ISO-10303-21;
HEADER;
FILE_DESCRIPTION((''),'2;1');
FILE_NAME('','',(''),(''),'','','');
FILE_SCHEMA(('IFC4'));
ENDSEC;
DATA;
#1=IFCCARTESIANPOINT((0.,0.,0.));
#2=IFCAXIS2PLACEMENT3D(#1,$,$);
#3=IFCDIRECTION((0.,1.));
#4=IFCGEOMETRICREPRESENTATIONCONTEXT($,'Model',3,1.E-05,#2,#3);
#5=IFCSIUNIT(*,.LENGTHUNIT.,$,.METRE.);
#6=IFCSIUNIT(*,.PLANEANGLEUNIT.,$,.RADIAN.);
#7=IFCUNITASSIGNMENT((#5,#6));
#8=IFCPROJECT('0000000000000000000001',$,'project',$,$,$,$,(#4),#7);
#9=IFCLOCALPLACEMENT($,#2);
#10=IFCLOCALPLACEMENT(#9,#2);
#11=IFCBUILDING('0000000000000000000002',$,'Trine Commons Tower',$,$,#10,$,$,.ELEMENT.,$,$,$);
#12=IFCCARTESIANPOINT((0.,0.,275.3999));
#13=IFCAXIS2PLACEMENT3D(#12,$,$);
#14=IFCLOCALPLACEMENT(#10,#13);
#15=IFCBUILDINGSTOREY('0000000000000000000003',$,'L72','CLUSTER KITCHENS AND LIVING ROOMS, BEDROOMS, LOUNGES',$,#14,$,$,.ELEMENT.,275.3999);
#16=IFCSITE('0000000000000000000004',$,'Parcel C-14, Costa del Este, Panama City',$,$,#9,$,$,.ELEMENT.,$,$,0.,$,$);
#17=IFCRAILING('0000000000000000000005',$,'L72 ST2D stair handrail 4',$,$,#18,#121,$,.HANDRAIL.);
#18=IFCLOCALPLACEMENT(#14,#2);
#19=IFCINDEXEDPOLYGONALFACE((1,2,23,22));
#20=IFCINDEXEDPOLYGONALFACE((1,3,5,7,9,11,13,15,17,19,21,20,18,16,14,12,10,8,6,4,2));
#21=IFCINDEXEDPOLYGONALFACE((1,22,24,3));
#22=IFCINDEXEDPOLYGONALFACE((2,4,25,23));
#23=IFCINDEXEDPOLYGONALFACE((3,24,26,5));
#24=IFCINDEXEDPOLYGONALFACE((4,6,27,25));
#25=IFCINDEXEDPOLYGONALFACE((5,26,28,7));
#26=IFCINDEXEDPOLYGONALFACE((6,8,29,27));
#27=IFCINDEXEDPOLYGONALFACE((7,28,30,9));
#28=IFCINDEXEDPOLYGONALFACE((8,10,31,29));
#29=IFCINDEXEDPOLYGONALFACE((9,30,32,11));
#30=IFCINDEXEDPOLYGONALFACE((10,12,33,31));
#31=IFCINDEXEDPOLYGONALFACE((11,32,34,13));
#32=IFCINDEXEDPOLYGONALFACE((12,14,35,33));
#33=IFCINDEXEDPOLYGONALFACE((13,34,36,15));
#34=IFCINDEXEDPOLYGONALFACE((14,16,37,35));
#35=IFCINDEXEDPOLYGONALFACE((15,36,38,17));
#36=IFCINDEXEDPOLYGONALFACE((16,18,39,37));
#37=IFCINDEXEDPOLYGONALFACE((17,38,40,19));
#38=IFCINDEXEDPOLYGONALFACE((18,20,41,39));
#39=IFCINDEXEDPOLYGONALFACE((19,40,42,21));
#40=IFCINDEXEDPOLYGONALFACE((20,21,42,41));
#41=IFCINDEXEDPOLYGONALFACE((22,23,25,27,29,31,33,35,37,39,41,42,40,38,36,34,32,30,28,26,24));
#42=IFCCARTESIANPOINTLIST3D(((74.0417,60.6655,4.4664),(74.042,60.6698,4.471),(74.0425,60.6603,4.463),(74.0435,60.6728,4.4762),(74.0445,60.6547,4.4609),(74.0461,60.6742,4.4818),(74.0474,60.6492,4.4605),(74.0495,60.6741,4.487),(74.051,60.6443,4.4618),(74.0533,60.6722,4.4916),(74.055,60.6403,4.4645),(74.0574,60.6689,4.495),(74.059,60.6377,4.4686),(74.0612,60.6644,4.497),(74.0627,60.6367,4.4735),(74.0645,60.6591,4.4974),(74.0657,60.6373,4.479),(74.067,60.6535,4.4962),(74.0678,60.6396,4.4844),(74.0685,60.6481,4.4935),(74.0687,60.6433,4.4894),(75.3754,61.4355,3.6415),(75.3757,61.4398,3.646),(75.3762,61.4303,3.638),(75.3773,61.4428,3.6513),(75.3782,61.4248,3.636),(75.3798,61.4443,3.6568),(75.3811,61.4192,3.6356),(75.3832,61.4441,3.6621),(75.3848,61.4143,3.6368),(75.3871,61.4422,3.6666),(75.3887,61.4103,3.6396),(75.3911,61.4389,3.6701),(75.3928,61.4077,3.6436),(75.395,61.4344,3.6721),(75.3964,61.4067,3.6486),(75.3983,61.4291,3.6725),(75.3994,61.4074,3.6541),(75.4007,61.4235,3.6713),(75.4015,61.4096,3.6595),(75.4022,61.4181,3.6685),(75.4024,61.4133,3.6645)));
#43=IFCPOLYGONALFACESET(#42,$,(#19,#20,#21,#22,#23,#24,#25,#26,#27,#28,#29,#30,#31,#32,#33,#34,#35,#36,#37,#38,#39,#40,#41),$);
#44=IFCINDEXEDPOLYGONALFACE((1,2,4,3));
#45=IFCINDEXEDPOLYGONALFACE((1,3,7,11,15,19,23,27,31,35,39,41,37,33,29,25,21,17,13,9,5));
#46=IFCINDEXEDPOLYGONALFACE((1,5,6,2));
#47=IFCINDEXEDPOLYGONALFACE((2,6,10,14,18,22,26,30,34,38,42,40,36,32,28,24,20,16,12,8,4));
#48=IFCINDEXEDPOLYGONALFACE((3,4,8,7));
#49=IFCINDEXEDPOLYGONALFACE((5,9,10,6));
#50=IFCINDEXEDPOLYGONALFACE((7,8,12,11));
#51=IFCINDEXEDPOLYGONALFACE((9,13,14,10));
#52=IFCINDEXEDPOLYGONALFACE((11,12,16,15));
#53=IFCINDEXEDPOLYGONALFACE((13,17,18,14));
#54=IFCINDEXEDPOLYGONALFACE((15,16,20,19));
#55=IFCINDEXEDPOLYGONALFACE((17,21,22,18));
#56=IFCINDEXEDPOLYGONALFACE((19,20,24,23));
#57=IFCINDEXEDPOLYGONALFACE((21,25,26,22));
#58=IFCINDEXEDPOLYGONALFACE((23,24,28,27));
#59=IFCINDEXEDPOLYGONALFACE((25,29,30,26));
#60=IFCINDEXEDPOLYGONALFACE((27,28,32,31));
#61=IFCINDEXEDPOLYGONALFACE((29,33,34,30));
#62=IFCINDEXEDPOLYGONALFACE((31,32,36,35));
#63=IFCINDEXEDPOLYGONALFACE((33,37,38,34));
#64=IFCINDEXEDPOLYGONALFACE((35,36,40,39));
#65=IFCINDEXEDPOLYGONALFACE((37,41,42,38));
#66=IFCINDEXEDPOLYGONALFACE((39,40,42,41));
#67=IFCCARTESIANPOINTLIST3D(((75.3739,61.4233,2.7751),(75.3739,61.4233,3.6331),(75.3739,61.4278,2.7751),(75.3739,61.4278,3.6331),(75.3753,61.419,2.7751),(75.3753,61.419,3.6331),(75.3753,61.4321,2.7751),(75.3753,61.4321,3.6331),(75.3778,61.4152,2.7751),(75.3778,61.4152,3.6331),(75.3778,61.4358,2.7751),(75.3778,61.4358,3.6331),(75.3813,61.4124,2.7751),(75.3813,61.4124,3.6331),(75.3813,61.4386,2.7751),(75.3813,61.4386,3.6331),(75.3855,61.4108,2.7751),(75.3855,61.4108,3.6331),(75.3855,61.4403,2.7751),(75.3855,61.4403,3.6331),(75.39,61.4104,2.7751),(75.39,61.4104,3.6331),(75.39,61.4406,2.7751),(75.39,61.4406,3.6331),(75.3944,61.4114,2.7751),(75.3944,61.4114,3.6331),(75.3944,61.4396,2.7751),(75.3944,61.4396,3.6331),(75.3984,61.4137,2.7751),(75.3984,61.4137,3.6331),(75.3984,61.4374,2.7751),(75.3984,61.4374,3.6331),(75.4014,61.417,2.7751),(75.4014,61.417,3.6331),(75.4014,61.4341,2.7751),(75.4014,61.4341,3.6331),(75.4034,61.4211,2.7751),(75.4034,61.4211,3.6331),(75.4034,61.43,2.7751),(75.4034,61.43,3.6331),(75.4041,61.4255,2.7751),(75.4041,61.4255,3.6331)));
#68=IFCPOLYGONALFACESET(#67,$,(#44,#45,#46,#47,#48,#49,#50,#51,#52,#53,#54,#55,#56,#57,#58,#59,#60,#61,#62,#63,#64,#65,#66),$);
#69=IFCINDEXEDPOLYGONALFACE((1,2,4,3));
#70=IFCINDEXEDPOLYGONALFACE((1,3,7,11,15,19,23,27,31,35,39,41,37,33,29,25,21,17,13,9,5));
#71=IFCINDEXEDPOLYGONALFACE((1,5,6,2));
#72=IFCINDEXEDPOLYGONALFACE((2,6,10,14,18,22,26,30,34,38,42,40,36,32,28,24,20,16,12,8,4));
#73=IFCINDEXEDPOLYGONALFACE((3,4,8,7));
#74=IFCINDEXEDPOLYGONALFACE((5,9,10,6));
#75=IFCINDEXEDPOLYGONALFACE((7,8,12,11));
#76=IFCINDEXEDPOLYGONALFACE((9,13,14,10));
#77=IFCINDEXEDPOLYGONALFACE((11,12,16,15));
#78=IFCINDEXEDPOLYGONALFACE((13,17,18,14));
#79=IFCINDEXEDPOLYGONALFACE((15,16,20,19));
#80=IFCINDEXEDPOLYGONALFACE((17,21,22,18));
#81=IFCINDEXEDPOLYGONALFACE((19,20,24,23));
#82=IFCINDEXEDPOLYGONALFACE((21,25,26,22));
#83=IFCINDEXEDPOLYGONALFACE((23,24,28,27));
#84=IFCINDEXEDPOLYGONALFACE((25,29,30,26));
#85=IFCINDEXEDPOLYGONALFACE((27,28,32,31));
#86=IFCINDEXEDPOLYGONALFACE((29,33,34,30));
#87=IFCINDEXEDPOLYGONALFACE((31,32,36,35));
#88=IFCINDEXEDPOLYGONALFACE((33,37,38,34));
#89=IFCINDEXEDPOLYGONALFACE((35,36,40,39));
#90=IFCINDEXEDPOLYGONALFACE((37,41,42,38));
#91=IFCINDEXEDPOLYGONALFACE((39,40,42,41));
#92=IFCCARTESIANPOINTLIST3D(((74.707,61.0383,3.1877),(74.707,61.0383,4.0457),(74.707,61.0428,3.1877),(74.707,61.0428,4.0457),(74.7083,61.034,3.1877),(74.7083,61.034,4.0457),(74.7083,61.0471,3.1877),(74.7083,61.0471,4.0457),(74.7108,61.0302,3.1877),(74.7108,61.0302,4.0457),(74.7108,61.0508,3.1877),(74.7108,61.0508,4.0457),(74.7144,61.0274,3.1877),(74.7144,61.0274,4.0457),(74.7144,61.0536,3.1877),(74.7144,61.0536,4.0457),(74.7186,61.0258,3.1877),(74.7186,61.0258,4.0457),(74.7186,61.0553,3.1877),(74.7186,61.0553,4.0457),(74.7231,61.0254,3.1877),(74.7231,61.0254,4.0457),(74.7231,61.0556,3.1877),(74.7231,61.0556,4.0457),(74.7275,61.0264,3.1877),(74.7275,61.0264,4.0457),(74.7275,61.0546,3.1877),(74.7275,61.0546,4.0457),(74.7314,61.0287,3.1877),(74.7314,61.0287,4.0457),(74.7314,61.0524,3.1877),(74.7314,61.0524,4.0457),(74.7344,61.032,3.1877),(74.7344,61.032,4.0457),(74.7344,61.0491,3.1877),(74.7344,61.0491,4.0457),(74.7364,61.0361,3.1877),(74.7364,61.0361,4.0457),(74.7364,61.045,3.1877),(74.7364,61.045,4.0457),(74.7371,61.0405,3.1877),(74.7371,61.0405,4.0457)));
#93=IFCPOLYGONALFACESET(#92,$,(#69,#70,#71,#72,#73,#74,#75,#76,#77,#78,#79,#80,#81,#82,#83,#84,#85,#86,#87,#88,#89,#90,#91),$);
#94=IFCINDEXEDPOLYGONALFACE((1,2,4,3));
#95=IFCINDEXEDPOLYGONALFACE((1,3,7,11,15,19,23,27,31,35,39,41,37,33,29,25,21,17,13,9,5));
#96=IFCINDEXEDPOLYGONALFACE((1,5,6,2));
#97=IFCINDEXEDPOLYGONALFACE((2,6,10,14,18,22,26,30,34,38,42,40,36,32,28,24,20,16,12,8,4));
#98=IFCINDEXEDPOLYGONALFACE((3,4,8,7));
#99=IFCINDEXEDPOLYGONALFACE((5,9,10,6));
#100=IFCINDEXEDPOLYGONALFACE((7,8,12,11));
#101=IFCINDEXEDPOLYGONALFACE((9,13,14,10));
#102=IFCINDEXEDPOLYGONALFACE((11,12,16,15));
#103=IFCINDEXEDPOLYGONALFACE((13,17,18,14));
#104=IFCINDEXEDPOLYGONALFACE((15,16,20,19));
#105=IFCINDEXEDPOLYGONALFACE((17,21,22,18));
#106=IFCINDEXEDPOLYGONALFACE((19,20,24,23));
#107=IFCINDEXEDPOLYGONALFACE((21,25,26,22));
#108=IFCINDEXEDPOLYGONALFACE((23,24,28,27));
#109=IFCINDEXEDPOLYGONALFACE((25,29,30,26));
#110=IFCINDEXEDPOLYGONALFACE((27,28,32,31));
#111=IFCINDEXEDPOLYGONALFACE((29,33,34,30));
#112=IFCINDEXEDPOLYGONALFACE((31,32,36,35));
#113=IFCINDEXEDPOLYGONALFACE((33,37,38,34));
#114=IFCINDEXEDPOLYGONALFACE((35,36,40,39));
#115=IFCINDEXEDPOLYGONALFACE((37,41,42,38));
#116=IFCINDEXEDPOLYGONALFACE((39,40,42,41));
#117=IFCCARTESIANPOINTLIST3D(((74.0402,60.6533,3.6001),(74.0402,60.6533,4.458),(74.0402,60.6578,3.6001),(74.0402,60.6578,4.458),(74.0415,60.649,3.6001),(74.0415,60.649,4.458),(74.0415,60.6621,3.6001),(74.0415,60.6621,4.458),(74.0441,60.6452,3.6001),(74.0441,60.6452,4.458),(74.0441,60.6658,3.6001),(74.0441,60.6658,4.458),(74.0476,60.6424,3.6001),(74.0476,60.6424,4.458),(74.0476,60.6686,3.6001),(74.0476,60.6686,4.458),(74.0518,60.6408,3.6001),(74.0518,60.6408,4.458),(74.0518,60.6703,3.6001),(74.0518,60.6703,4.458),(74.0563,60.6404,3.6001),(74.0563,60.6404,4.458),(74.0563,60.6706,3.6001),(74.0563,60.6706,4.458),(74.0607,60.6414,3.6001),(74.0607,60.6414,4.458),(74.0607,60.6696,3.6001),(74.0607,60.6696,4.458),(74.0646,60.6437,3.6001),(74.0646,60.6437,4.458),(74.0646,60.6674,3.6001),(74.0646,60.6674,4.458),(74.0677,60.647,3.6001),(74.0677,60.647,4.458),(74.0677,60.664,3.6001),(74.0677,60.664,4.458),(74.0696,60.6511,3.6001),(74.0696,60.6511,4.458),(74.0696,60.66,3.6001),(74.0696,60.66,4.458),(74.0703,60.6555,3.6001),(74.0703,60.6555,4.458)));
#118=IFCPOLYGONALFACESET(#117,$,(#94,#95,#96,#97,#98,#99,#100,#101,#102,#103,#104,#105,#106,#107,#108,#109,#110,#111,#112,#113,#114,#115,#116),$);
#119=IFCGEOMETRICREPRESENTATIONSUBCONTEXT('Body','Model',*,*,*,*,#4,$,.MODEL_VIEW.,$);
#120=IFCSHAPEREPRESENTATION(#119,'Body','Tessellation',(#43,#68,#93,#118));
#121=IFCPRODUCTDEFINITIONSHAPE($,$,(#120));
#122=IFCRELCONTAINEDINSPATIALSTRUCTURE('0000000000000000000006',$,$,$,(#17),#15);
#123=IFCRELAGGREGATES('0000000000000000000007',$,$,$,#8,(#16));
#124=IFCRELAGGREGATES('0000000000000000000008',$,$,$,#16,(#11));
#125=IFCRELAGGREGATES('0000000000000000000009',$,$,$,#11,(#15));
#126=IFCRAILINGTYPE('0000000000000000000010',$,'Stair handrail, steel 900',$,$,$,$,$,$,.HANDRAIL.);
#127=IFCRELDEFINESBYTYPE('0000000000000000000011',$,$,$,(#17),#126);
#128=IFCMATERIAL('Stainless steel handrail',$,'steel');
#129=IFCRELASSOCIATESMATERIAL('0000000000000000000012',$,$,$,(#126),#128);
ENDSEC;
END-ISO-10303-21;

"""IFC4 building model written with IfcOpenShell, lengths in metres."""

from ifc_helpers import new_model, si_unit, direction, frame, origin, origin_2d, place, context, subcontext, project, spatial, circle, extrude, material, type_object, element, save


model = new_model("IFC4")

# Units and contexts
model_context = context("Model", 3, precision=1e-05, world=origin(), true_north=direction((0.0, 1.0)))
body_context = subcontext(model_context, "Body", "Model", "MODEL_VIEW")
ifc_project = project(units=[si_unit("LENGTHUNIT", "METRE"), si_unit("PLANEANGLEUNIT", "RADIAN")], contexts=[model_context])

# Site, building, storey
site_placement = place(None, origin())
site = spatial("IfcSite", under=ifc_project, at=site_placement, Name="Parcel C-14, Costa del Este, Panama City", CompositionType="ELEMENT", RefElevation=0.0)
building_placement = place(site_placement, origin())
building = spatial("IfcBuilding", under=site, at=building_placement, Name="Trine Commons Tower", CompositionType="ELEMENT")
storey_placement = place(building_placement, frame((0.0, 0.0, 275.3999)))
storey = spatial("IfcBuildingStorey", under=building, at=storey_placement, Name="L72", Description="CLUSTER KITCHENS AND LIVING ROOMS, BEDROOMS, LOUNGES", CompositionType="ELEMENT", Elevation=275.3999)

# Railing
ifc_material_1 = material(Name="Stainless steel handrail", Category="steel")
railing_type_1 = type_object("IfcRailingType", Name="Stair handrail, steel 900", PredefinedType="HANDRAIL", material=ifc_material_1)
for number, where, name in (
    (1, (75.3889, 61.4255, 2.7751), "L72 ST2D stair handrail 4"),
):
    element("IfcRailing", number, at=place(storey_placement, frame(where)), inside=storey, type_object=railing_type_1, Name=name, PredefinedType="HANDRAIL", context=body_context, shape_type="SweptSolid", body=[
        extrude(circle(Radius=0.021, at=origin_2d()), frame((0.0, 0.0, 0.8789), z_axis=(-0.763405, -0.440743, 0.472185), x_axis=(0.499992, -0.86603, 0.0)), (0.0, 0.0, 1.0), 1.7471),
        extrude(circle(Radius=0.0151, at=origin_2d()), origin(), (0.0, 0.0, 1.0), 0.8579),
        extrude(circle(Radius=0.0151, at=origin_2d()), frame((-0.667, -0.385, 0.4126)), (0.0, 0.0, 1.0), 0.8579),
        extrude(circle(Radius=0.0151, at=origin_2d()), frame((-1.3337, -0.77, 0.825)), (0.0, 0.0, 1.0), 0.8579),
    ])

save(model, "model.ifc")
